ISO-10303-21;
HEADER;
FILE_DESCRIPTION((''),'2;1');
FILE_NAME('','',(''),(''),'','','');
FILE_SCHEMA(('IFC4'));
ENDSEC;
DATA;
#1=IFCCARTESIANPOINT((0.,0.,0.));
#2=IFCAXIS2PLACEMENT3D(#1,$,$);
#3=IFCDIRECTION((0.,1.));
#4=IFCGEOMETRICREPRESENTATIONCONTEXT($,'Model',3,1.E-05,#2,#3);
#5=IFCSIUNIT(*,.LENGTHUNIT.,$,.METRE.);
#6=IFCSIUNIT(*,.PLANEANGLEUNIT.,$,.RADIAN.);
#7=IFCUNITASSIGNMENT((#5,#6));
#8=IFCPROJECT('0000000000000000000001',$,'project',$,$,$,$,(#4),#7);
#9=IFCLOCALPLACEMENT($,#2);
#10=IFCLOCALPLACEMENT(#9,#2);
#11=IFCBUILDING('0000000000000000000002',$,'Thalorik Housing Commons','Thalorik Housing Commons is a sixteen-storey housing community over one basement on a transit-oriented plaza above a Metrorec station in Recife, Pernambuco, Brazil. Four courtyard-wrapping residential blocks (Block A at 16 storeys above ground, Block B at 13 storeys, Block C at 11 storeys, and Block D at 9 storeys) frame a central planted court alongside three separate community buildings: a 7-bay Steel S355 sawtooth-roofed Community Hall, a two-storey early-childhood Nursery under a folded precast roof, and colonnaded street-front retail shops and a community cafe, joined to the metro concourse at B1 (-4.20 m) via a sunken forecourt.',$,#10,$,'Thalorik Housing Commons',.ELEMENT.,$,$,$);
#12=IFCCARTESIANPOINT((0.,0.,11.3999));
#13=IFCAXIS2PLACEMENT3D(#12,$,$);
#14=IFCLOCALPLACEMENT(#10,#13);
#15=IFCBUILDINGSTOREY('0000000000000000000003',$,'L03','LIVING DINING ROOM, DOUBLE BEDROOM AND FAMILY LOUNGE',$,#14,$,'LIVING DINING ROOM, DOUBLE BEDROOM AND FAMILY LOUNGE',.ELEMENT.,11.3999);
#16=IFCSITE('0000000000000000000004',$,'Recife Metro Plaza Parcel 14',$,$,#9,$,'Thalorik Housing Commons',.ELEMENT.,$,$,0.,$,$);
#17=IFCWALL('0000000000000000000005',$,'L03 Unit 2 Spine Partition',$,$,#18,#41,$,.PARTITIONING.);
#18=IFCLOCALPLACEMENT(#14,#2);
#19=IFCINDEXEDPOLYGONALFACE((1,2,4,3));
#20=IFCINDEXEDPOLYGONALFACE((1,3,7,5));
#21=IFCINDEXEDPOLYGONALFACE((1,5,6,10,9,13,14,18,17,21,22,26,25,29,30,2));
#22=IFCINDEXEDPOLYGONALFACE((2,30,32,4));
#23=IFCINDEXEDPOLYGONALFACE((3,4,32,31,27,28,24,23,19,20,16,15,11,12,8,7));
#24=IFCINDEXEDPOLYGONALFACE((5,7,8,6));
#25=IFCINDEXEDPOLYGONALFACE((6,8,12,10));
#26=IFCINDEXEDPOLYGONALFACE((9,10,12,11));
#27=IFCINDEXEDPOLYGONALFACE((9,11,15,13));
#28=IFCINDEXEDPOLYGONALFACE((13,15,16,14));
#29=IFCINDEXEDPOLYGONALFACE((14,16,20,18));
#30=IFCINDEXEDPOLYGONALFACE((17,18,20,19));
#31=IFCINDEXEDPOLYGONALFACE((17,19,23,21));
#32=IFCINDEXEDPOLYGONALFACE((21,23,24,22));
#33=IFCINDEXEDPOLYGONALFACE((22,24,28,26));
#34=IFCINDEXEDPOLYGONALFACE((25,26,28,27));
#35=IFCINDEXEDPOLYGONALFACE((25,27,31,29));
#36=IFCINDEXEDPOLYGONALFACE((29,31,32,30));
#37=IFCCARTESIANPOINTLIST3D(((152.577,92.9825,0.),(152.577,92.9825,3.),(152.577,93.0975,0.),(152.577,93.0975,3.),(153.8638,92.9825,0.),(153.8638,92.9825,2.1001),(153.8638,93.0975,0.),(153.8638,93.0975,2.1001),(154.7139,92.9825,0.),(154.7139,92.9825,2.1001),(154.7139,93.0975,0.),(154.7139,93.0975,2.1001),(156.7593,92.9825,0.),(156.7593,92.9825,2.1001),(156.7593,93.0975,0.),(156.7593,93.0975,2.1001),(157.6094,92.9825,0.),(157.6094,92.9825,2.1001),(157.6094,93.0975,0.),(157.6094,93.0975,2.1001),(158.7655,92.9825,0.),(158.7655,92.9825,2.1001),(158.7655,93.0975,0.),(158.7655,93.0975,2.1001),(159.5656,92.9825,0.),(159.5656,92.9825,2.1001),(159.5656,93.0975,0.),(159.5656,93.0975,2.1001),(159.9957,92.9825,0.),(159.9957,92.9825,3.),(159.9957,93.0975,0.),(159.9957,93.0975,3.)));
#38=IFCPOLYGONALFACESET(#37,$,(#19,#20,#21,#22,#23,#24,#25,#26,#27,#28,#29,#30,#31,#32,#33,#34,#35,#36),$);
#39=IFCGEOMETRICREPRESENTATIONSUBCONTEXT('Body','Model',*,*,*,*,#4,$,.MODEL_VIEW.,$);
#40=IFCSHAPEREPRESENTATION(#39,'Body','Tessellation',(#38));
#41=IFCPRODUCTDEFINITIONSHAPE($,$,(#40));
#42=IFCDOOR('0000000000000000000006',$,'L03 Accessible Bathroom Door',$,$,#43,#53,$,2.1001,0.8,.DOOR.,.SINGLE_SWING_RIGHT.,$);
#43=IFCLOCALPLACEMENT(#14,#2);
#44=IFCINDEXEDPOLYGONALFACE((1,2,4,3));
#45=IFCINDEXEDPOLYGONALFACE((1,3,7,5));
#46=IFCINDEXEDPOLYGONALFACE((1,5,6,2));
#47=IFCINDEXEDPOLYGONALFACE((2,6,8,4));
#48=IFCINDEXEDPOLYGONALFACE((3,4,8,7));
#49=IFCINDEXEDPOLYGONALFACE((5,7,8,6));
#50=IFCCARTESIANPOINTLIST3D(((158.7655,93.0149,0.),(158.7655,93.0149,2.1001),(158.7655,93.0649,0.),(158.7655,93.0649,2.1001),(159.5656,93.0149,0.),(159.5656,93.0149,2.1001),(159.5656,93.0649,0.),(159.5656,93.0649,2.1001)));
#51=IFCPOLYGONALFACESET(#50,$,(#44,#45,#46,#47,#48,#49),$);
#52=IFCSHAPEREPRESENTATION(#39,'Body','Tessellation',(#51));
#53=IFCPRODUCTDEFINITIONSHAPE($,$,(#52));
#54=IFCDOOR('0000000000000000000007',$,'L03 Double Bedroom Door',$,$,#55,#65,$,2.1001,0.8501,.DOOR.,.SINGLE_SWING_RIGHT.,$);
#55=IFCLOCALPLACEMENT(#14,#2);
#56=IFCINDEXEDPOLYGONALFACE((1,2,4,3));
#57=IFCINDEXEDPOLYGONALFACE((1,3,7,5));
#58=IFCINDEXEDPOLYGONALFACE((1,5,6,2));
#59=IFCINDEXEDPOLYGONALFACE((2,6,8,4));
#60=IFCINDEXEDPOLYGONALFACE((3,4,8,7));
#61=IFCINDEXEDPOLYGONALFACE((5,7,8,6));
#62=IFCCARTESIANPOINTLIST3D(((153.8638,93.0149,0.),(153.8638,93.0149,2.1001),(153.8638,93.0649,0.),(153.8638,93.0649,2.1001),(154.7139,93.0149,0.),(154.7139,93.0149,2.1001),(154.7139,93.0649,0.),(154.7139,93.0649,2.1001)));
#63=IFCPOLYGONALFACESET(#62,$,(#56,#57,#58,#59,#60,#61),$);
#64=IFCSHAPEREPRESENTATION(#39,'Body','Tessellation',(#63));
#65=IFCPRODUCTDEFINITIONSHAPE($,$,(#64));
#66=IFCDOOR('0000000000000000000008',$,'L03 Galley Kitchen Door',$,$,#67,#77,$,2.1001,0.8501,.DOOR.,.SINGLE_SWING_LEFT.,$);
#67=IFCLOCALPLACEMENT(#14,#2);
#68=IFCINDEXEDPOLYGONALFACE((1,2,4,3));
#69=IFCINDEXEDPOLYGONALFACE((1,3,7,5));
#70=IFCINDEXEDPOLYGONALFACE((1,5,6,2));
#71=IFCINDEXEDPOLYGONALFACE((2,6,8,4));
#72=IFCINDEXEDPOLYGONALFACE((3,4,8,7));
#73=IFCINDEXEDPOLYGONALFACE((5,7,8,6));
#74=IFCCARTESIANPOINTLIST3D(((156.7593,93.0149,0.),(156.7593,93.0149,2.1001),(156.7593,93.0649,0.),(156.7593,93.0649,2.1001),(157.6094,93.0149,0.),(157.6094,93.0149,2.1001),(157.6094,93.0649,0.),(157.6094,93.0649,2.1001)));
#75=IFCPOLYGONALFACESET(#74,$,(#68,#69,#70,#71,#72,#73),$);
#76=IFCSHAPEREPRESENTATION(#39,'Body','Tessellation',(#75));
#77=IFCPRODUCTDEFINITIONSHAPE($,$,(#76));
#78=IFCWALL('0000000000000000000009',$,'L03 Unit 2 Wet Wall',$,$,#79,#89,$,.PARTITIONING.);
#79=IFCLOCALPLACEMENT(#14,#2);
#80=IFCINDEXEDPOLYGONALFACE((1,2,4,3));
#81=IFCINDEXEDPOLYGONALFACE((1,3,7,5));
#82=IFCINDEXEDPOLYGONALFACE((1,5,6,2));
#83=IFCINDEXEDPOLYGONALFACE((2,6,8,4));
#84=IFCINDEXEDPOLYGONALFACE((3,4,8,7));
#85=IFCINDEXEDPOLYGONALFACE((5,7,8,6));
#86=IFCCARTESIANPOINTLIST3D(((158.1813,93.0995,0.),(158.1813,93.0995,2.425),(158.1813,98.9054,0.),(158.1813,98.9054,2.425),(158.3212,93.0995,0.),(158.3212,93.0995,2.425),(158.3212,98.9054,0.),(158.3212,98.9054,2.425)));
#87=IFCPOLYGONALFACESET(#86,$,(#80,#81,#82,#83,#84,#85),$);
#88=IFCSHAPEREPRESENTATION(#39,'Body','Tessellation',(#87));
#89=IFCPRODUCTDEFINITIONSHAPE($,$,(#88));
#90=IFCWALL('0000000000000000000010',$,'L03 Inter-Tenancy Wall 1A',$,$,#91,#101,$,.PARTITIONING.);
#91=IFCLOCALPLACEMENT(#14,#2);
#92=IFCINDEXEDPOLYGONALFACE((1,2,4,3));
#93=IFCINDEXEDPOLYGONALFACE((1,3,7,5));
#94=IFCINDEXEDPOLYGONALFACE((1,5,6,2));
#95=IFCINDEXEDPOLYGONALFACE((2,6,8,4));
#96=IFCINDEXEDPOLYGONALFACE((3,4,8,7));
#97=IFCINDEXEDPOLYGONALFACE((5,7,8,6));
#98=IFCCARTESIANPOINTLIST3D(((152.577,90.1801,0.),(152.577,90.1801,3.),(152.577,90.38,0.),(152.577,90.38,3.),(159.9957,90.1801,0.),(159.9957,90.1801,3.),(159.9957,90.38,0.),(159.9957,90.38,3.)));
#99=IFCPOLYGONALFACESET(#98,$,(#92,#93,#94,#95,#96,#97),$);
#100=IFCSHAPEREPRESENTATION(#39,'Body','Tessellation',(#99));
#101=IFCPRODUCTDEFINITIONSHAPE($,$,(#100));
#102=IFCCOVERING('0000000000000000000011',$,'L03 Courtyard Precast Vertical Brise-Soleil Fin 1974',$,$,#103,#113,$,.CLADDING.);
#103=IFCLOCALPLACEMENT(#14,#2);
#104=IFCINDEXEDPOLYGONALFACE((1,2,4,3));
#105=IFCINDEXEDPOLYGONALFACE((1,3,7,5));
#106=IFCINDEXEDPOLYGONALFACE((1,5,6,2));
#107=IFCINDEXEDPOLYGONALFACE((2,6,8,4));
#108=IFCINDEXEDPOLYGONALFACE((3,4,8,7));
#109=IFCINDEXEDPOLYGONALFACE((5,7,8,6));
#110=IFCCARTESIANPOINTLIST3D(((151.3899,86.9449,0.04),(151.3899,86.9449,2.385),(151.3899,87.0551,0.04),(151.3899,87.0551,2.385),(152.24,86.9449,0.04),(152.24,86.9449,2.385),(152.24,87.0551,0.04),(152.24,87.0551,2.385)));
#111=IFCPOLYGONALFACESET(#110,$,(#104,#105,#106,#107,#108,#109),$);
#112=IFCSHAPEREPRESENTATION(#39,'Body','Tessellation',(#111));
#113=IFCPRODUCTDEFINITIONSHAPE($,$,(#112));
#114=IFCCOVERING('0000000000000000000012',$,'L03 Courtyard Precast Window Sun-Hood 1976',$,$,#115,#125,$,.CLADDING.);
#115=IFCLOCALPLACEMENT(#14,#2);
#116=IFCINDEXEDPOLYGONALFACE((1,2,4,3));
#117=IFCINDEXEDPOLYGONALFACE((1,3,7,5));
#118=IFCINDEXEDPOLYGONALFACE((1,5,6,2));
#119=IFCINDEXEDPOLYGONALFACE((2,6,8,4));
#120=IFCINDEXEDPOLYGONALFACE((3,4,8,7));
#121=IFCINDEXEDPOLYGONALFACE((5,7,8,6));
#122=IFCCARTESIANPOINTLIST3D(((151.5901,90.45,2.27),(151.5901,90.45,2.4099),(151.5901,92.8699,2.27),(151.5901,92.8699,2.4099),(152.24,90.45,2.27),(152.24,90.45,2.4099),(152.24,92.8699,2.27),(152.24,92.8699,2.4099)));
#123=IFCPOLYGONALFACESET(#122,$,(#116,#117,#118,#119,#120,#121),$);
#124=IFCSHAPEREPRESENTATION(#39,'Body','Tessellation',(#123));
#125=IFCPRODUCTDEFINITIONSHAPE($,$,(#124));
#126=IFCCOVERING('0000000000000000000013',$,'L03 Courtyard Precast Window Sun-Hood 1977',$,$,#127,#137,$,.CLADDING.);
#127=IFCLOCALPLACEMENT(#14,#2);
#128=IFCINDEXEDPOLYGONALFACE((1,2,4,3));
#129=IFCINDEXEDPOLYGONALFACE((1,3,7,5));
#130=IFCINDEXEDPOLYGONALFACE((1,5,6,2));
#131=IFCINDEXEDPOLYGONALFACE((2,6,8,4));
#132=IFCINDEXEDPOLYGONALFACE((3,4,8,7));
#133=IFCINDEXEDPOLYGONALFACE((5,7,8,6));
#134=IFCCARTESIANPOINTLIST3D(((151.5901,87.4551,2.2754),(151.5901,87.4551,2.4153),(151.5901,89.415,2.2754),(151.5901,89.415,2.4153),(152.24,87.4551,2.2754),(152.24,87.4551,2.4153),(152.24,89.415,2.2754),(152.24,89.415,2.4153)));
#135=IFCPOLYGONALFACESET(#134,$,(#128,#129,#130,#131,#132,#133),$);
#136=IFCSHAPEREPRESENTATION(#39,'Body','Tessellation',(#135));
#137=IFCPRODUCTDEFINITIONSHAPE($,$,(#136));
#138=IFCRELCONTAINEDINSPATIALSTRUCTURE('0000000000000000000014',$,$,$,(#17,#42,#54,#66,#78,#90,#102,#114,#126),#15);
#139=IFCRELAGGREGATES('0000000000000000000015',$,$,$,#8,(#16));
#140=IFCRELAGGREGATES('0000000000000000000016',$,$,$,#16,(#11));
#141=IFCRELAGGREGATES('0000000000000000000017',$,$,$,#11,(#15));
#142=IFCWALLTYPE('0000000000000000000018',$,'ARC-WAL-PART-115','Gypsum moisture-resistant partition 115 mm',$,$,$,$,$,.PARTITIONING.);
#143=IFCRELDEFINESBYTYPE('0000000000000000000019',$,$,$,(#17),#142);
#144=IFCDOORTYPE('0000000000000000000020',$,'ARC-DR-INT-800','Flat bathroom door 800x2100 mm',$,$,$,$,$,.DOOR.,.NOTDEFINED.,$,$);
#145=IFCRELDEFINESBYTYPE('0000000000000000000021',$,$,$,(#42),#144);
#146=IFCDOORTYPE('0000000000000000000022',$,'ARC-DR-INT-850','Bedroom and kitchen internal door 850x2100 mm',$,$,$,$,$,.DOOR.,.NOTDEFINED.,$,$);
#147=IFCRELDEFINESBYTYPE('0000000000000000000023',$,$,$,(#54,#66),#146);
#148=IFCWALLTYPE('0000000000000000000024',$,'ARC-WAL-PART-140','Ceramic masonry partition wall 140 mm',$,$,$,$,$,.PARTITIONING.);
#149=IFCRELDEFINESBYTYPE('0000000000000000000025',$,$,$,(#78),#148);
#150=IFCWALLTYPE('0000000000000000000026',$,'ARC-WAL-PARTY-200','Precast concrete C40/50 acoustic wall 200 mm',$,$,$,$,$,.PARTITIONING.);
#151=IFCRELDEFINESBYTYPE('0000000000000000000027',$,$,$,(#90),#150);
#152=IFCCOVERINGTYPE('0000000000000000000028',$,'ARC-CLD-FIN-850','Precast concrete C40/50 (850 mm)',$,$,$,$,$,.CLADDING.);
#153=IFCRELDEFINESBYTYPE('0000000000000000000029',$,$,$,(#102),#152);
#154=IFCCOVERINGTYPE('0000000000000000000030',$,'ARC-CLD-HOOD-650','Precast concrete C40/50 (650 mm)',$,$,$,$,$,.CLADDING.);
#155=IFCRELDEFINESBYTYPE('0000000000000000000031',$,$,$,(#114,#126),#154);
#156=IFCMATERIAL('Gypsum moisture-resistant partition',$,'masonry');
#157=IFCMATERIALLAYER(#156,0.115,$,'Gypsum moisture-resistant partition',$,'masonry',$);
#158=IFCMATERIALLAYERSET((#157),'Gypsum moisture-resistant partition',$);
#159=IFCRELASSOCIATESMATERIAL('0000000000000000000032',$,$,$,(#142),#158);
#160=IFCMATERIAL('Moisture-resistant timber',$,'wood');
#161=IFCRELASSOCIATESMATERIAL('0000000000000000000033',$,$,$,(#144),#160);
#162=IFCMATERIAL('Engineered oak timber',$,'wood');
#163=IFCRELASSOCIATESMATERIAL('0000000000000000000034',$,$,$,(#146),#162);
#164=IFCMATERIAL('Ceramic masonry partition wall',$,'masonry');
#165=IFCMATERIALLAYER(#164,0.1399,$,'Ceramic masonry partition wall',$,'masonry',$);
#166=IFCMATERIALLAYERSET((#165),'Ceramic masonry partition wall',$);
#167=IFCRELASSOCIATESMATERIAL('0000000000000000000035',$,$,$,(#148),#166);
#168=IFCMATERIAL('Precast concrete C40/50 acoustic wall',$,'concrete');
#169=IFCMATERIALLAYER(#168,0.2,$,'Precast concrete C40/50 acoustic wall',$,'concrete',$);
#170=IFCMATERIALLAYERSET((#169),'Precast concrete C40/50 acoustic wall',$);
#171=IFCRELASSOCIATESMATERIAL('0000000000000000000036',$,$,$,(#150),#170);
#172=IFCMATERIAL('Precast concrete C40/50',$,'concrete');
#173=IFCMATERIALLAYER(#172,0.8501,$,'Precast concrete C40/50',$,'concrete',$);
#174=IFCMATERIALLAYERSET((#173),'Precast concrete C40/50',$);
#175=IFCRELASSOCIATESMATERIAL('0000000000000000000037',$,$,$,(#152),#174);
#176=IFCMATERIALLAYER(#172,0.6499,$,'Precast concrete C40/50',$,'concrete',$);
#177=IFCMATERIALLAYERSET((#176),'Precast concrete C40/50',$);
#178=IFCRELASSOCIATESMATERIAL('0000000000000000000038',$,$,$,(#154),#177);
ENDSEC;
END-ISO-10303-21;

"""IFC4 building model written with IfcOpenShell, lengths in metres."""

from ifc_helpers import new_model, si_unit, direction, frame, frame_2d, origin, origin_2d, place, context, subcontext, project, spatial, rectangle, extrude, material, layer, layer_set, type_object, element, fill, save


model = new_model("IFC4")

# Units and contexts
model_context = context("Model", 3, precision=1e-05, world=origin(), true_north=direction((0.0, 1.0)))
body_context = subcontext(model_context, "Body", "Model", "MODEL_VIEW")
ifc_project = project(units=[si_unit("LENGTHUNIT", "METRE"), si_unit("PLANEANGLEUNIT", "RADIAN")], contexts=[model_context])

# Site, building, storey
site_placement = place(None, origin())
site = spatial("IfcSite", under=ifc_project, at=site_placement, Name="Recife Metro Plaza Parcel 14", LongName="Thalorik Housing Commons", CompositionType="ELEMENT", RefElevation=0.0)
building_placement = place(site_placement, origin())
building = spatial("IfcBuilding", under=site, at=building_placement, Name="Thalorik Housing Commons", Description="Thalorik Housing Commons is a sixteen-storey housing community over one basement on a transit-oriented plaza above a Metrorec station in Recife, Pernambuco, Brazil. Four courtyard-wrapping residential blocks (Block A at 16 storeys above ground, Block B at 13 storeys, Block C at 11 storeys, and Block D at 9 storeys) frame a central planted court alongside three separate community buildings: a 7-bay Steel S355 sawtooth-roofed Community Hall, a two-storey early-childhood Nursery under a folded precast roof, and colonnaded street-front retail shops and a community cafe, joined to the metro concourse at B1 (-4.20 m) via a sunken forecourt.", LongName="Thalorik Housing Commons", CompositionType="ELEMENT")
storey_placement = place(building_placement, frame((0.0, 0.0, 11.3999)))
storey = spatial("IfcBuildingStorey", under=building, at=storey_placement, Name="L03", Description="LIVING DINING ROOM, DOUBLE BEDROOM AND FAMILY LOUNGE", LongName="LIVING DINING ROOM, DOUBLE BEDROOM AND FAMILY LOUNGE", CompositionType="ELEMENT", Elevation=11.3999)

# Shared definitions
ifc_material_1 = material(Name="Precast concrete C40/50", Category="concrete")

# Wall, openings, doors
ifc_material_2 = material(Name="Gypsum moisture-resistant partition", Category="masonry")
ifc_layer_1 = layer(ifc_material_2, 0.115, Name="Gypsum moisture-resistant partition", Category="masonry")
ifc_layer_set_1 = layer_set([ifc_layer_1], Name="Gypsum moisture-resistant partition")
wall_type_1 = type_object("IfcWallType", Name="ARC-WAL-PART-115", Description="Gypsum moisture-resistant partition 115 mm", PredefinedType="PARTITIONING", material=ifc_layer_set_1)
wall_1_placement = place(storey_placement, frame((152.5769, 93.04, 0.0), z_axis=(0.0, 0.0, 1.0), x_axis=(1.0, 0.0, 0.0)))
wall_1 = element("IfcWall", 1, at=wall_1_placement, inside=storey, type_object=wall_type_1, Name="L03 Unit 2 Spine Partition", PredefinedType="PARTITIONING", context=body_context, shape_type="SweptSolid", body=[
    extrude(rectangle(XDim=7.4187, YDim=0.115, at=frame_2d((3.7095, 0.0))), origin(), (0.0, 0.0, 1.0), 3.0),
])
opening_1_placement = place(wall_1_placement, frame((1.2869, 0.0, 0.0)))
opening_1 = element("IfcOpeningElement", 2, at=opening_1_placement, cuts=wall_1, PredefinedType="OPENING", context=body_context, shape_type="SweptSolid", body=[
    extrude(rectangle(XDim=0.8501, YDim=2.1001, at=frame_2d((0.425, 1.05))), frame((0.0, 0.0674, 0.0), z_axis=(0.0, -1.0, 0.0), x_axis=(1.0, 0.0, 0.0)), (0.0, 0.0, 1.0), 0.135),
])
opening_2_placement = place(wall_1_placement, frame((4.1824, 0.0, 0.0)))
opening_2 = element("IfcOpeningElement", 3, at=opening_2_placement, cuts=wall_1, PredefinedType="OPENING", context=body_context, shape_type="SweptSolid", body=[
    extrude(rectangle(XDim=0.8501, YDim=2.1001, at=frame_2d((0.425, 1.05))), frame((0.0, 0.0674, 0.0), z_axis=(0.0, -1.0, 0.0), x_axis=(1.0, 0.0, 0.0)), (0.0, 0.0, 1.0), 0.135),
])
opening_3_placement = place(wall_1_placement, frame((6.1887, 0.0, 0.0)))
opening_3 = element("IfcOpeningElement", 4, at=opening_3_placement, cuts=wall_1, PredefinedType="OPENING", context=body_context, shape_type="SweptSolid", body=[
    extrude(rectangle(XDim=0.8, YDim=2.1001, at=frame_2d((0.3999, 1.05))), frame((0.0, 0.0674, 0.0), z_axis=(0.0, -1.0, 0.0), x_axis=(1.0, 0.0, 0.0)), (0.0, 0.0, 1.0), 0.135),
])
ifc_material_3 = material(Name="Moisture-resistant timber", Category="wood")
door_type_1 = type_object("IfcDoorType", Name="ARC-DR-INT-800", Description="Flat bathroom door 800x2100 mm", OperationType="NOTDEFINED", PredefinedType="DOOR", material=ifc_material_3)
door_1_placement = place(opening_3_placement, origin())
door_1 = element("IfcDoor", 5, at=door_1_placement, inside=storey, type_object=door_type_1, Name="L03 Accessible Bathroom Door", OperationType="SINGLE_SWING_RIGHT", OverallHeight=2.1001, OverallWidth=0.8, PredefinedType="DOOR", context=body_context, shape_type="SweptSolid", body=[
    extrude(rectangle(XDim=0.8, YDim=2.1001, at=frame_2d((0.3999, 1.05))), frame((0.0, 0.0249, 0.0), z_axis=(0.0, -1.0, 0.0), x_axis=(1.0, 0.0, 0.0)), (0.0, 0.0, 1.0), 0.05),
])
fill(opening_3, door_1)
ifc_material_4 = material(Name="Engineered oak timber", Category="wood")
door_type_2 = type_object("IfcDoorType", Name="ARC-DR-INT-850", Description="Bedroom and kitchen internal door 850x2100 mm", OperationType="NOTDEFINED", PredefinedType="DOOR", material=ifc_material_4)
door_2_placement = place(opening_1_placement, origin())
door_2 = element("IfcDoor", 6, at=door_2_placement, inside=storey, type_object=door_type_2, Name="L03 Double Bedroom Door", OperationType="SINGLE_SWING_RIGHT", OverallHeight=2.1001, OverallWidth=0.8501, PredefinedType="DOOR", context=body_context, shape_type="SweptSolid", body=[
    extrude(rectangle(XDim=0.8501, YDim=2.1001, at=frame_2d((0.425, 1.05))), frame((0.0, 0.0249, 0.0), z_axis=(0.0, -1.0, 0.0), x_axis=(1.0, 0.0, 0.0)), (0.0, 0.0, 1.0), 0.05),
])
fill(opening_1, door_2)
door_3_placement = place(opening_2_placement, origin())
door_3 = element("IfcDoor", 7, at=door_3_placement, inside=storey, type_object=door_type_2, Name="L03 Galley Kitchen Door", OperationType="SINGLE_SWING_LEFT", OverallHeight=2.1001, OverallWidth=0.8501, PredefinedType="DOOR", context=body_context, shape_type="SweptSolid", body=[
    extrude(rectangle(XDim=0.8501, YDim=2.1001, at=frame_2d((0.425, 1.05))), frame((0.0, 0.0249, 0.0), z_axis=(0.0, -1.0, 0.0), x_axis=(1.0, 0.0, 0.0)), (0.0, 0.0, 1.0), 0.05),
])
fill(opening_2, door_3)

# Walls
ifc_material_5 = material(Name="Ceramic masonry partition wall", Category="masonry")
ifc_layer_2 = layer(ifc_material_5, 0.1399, Name="Ceramic masonry partition wall", Category="masonry")
ifc_layer_set_2 = layer_set([ifc_layer_2], Name="Ceramic masonry partition wall")
wall_type_2 = type_object("IfcWallType", Name="ARC-WAL-PART-140", Description="Ceramic masonry partition wall 140 mm", PredefinedType="PARTITIONING", material=ifc_layer_set_2)
wall_2_placement = place(storey_placement, frame((158.2512, 93.0996, 0.0), z_axis=(0.0, 0.0, 1.0), x_axis=(0.0, 1.0, 0.0)))
element("IfcWall", 8, at=wall_2_placement, inside=storey, type_object=wall_type_2, Name="L03 Unit 2 Wet Wall", PredefinedType="PARTITIONING", context=body_context, shape_type="SweptSolid", body=[
    extrude(rectangle(XDim=5.8059, YDim=0.1399, at=frame_2d((2.9028, 0.0))), origin(), (0.0, 0.0, 1.0), 2.425),
])
ifc_material_6 = material(Name="Precast concrete C40/50 acoustic wall", Category="concrete")
ifc_layer_3 = layer(ifc_material_6, 0.2, Name="Precast concrete C40/50 acoustic wall", Category="concrete")
ifc_layer_set_3 = layer_set([ifc_layer_3], Name="Precast concrete C40/50 acoustic wall")
wall_type_3 = type_object("IfcWallType", Name="ARC-WAL-PARTY-200", Description="Precast concrete C40/50 acoustic wall 200 mm", PredefinedType="PARTITIONING", material=ifc_layer_set_3)
wall_3_placement = place(storey_placement, frame((152.5769, 90.28, 0.0), z_axis=(0.0, 0.0, 1.0), x_axis=(1.0, 0.0, 0.0)))
element("IfcWall", 9, at=wall_3_placement, inside=storey, type_object=wall_type_3, Name="L03 Inter-Tenancy Wall 1A", PredefinedType="PARTITIONING", context=body_context, shape_type="SweptSolid", body=[
    extrude(rectangle(XDim=7.4187, YDim=0.2, at=frame_2d((3.7095, 0.0))), origin(), (0.0, 0.0, 1.0), 3.0),
])

# Coverings
ifc_layer_4 = layer(ifc_material_1, 0.8501, Name="Precast concrete C40/50", Category="concrete")
ifc_layer_set_4 = layer_set([ifc_layer_4], Name="Precast concrete C40/50")
covering_type_1 = type_object("IfcCoveringType", Name="ARC-CLD-FIN-850", Description="Precast concrete C40/50 (850 mm)", PredefinedType="CLADDING", material=ifc_layer_set_4)
covering_1_placement = place(storey_placement, frame((151.8149, 87.0, 0.04), z_axis=(0.0, 0.0, 1.0), x_axis=(0.0, -1.0, 0.0)))
element("IfcCovering", 10, at=covering_1_placement, inside=storey, type_object=covering_type_1, Name="L03 Courtyard Precast Vertical Brise-Soleil Fin 1974", PredefinedType="CLADDING", context=body_context, shape_type="SweptSolid", body=[
    extrude(rectangle(XDim=0.1101, YDim=0.8501, at=origin_2d()), origin(), (0.0, 0.0, 1.0), 2.345),
])
ifc_layer_5 = layer(ifc_material_1, 0.6499, Name="Precast concrete C40/50", Category="concrete")
ifc_layer_set_5 = layer_set([ifc_layer_5], Name="Precast concrete C40/50")
covering_type_2 = type_object("IfcCoveringType", Name="ARC-CLD-HOOD-650", Description="Precast concrete C40/50 (650 mm)", PredefinedType="CLADDING", material=ifc_layer_set_5)
covering_2_placement = place(storey_placement, frame((151.915, 91.6599, 2.27), z_axis=(0.0, 0.0, 1.0), x_axis=(0.0, -1.0, 0.0)))
element("IfcCovering", 11, at=covering_2_placement, inside=storey, type_object=covering_type_2, Name="L03 Courtyard Precast Window Sun-Hood 1976", PredefinedType="CLADDING", context=body_context, shape_type="SweptSolid", body=[
    extrude(rectangle(XDim=2.4199, YDim=0.6499, at=origin_2d()), origin(), (0.0, 0.0, 1.0), 0.1399),
])
covering_3_placement = place(storey_placement, frame((151.915, 88.4351, 2.2754), z_axis=(0.0, 0.0, 1.0), x_axis=(0.0, -1.0, 0.0)))
element("IfcCovering", 12, at=covering_3_placement, inside=storey, type_object=covering_type_2, Name="L03 Courtyard Precast Window Sun-Hood 1977", PredefinedType="CLADDING", context=body_context, shape_type="SweptSolid", body=[
    extrude(rectangle(XDim=1.96, YDim=0.6499, at=origin_2d()), origin(), (0.0, 0.0, 1.0), 0.1399),
])

save(model, "model.ifc")
